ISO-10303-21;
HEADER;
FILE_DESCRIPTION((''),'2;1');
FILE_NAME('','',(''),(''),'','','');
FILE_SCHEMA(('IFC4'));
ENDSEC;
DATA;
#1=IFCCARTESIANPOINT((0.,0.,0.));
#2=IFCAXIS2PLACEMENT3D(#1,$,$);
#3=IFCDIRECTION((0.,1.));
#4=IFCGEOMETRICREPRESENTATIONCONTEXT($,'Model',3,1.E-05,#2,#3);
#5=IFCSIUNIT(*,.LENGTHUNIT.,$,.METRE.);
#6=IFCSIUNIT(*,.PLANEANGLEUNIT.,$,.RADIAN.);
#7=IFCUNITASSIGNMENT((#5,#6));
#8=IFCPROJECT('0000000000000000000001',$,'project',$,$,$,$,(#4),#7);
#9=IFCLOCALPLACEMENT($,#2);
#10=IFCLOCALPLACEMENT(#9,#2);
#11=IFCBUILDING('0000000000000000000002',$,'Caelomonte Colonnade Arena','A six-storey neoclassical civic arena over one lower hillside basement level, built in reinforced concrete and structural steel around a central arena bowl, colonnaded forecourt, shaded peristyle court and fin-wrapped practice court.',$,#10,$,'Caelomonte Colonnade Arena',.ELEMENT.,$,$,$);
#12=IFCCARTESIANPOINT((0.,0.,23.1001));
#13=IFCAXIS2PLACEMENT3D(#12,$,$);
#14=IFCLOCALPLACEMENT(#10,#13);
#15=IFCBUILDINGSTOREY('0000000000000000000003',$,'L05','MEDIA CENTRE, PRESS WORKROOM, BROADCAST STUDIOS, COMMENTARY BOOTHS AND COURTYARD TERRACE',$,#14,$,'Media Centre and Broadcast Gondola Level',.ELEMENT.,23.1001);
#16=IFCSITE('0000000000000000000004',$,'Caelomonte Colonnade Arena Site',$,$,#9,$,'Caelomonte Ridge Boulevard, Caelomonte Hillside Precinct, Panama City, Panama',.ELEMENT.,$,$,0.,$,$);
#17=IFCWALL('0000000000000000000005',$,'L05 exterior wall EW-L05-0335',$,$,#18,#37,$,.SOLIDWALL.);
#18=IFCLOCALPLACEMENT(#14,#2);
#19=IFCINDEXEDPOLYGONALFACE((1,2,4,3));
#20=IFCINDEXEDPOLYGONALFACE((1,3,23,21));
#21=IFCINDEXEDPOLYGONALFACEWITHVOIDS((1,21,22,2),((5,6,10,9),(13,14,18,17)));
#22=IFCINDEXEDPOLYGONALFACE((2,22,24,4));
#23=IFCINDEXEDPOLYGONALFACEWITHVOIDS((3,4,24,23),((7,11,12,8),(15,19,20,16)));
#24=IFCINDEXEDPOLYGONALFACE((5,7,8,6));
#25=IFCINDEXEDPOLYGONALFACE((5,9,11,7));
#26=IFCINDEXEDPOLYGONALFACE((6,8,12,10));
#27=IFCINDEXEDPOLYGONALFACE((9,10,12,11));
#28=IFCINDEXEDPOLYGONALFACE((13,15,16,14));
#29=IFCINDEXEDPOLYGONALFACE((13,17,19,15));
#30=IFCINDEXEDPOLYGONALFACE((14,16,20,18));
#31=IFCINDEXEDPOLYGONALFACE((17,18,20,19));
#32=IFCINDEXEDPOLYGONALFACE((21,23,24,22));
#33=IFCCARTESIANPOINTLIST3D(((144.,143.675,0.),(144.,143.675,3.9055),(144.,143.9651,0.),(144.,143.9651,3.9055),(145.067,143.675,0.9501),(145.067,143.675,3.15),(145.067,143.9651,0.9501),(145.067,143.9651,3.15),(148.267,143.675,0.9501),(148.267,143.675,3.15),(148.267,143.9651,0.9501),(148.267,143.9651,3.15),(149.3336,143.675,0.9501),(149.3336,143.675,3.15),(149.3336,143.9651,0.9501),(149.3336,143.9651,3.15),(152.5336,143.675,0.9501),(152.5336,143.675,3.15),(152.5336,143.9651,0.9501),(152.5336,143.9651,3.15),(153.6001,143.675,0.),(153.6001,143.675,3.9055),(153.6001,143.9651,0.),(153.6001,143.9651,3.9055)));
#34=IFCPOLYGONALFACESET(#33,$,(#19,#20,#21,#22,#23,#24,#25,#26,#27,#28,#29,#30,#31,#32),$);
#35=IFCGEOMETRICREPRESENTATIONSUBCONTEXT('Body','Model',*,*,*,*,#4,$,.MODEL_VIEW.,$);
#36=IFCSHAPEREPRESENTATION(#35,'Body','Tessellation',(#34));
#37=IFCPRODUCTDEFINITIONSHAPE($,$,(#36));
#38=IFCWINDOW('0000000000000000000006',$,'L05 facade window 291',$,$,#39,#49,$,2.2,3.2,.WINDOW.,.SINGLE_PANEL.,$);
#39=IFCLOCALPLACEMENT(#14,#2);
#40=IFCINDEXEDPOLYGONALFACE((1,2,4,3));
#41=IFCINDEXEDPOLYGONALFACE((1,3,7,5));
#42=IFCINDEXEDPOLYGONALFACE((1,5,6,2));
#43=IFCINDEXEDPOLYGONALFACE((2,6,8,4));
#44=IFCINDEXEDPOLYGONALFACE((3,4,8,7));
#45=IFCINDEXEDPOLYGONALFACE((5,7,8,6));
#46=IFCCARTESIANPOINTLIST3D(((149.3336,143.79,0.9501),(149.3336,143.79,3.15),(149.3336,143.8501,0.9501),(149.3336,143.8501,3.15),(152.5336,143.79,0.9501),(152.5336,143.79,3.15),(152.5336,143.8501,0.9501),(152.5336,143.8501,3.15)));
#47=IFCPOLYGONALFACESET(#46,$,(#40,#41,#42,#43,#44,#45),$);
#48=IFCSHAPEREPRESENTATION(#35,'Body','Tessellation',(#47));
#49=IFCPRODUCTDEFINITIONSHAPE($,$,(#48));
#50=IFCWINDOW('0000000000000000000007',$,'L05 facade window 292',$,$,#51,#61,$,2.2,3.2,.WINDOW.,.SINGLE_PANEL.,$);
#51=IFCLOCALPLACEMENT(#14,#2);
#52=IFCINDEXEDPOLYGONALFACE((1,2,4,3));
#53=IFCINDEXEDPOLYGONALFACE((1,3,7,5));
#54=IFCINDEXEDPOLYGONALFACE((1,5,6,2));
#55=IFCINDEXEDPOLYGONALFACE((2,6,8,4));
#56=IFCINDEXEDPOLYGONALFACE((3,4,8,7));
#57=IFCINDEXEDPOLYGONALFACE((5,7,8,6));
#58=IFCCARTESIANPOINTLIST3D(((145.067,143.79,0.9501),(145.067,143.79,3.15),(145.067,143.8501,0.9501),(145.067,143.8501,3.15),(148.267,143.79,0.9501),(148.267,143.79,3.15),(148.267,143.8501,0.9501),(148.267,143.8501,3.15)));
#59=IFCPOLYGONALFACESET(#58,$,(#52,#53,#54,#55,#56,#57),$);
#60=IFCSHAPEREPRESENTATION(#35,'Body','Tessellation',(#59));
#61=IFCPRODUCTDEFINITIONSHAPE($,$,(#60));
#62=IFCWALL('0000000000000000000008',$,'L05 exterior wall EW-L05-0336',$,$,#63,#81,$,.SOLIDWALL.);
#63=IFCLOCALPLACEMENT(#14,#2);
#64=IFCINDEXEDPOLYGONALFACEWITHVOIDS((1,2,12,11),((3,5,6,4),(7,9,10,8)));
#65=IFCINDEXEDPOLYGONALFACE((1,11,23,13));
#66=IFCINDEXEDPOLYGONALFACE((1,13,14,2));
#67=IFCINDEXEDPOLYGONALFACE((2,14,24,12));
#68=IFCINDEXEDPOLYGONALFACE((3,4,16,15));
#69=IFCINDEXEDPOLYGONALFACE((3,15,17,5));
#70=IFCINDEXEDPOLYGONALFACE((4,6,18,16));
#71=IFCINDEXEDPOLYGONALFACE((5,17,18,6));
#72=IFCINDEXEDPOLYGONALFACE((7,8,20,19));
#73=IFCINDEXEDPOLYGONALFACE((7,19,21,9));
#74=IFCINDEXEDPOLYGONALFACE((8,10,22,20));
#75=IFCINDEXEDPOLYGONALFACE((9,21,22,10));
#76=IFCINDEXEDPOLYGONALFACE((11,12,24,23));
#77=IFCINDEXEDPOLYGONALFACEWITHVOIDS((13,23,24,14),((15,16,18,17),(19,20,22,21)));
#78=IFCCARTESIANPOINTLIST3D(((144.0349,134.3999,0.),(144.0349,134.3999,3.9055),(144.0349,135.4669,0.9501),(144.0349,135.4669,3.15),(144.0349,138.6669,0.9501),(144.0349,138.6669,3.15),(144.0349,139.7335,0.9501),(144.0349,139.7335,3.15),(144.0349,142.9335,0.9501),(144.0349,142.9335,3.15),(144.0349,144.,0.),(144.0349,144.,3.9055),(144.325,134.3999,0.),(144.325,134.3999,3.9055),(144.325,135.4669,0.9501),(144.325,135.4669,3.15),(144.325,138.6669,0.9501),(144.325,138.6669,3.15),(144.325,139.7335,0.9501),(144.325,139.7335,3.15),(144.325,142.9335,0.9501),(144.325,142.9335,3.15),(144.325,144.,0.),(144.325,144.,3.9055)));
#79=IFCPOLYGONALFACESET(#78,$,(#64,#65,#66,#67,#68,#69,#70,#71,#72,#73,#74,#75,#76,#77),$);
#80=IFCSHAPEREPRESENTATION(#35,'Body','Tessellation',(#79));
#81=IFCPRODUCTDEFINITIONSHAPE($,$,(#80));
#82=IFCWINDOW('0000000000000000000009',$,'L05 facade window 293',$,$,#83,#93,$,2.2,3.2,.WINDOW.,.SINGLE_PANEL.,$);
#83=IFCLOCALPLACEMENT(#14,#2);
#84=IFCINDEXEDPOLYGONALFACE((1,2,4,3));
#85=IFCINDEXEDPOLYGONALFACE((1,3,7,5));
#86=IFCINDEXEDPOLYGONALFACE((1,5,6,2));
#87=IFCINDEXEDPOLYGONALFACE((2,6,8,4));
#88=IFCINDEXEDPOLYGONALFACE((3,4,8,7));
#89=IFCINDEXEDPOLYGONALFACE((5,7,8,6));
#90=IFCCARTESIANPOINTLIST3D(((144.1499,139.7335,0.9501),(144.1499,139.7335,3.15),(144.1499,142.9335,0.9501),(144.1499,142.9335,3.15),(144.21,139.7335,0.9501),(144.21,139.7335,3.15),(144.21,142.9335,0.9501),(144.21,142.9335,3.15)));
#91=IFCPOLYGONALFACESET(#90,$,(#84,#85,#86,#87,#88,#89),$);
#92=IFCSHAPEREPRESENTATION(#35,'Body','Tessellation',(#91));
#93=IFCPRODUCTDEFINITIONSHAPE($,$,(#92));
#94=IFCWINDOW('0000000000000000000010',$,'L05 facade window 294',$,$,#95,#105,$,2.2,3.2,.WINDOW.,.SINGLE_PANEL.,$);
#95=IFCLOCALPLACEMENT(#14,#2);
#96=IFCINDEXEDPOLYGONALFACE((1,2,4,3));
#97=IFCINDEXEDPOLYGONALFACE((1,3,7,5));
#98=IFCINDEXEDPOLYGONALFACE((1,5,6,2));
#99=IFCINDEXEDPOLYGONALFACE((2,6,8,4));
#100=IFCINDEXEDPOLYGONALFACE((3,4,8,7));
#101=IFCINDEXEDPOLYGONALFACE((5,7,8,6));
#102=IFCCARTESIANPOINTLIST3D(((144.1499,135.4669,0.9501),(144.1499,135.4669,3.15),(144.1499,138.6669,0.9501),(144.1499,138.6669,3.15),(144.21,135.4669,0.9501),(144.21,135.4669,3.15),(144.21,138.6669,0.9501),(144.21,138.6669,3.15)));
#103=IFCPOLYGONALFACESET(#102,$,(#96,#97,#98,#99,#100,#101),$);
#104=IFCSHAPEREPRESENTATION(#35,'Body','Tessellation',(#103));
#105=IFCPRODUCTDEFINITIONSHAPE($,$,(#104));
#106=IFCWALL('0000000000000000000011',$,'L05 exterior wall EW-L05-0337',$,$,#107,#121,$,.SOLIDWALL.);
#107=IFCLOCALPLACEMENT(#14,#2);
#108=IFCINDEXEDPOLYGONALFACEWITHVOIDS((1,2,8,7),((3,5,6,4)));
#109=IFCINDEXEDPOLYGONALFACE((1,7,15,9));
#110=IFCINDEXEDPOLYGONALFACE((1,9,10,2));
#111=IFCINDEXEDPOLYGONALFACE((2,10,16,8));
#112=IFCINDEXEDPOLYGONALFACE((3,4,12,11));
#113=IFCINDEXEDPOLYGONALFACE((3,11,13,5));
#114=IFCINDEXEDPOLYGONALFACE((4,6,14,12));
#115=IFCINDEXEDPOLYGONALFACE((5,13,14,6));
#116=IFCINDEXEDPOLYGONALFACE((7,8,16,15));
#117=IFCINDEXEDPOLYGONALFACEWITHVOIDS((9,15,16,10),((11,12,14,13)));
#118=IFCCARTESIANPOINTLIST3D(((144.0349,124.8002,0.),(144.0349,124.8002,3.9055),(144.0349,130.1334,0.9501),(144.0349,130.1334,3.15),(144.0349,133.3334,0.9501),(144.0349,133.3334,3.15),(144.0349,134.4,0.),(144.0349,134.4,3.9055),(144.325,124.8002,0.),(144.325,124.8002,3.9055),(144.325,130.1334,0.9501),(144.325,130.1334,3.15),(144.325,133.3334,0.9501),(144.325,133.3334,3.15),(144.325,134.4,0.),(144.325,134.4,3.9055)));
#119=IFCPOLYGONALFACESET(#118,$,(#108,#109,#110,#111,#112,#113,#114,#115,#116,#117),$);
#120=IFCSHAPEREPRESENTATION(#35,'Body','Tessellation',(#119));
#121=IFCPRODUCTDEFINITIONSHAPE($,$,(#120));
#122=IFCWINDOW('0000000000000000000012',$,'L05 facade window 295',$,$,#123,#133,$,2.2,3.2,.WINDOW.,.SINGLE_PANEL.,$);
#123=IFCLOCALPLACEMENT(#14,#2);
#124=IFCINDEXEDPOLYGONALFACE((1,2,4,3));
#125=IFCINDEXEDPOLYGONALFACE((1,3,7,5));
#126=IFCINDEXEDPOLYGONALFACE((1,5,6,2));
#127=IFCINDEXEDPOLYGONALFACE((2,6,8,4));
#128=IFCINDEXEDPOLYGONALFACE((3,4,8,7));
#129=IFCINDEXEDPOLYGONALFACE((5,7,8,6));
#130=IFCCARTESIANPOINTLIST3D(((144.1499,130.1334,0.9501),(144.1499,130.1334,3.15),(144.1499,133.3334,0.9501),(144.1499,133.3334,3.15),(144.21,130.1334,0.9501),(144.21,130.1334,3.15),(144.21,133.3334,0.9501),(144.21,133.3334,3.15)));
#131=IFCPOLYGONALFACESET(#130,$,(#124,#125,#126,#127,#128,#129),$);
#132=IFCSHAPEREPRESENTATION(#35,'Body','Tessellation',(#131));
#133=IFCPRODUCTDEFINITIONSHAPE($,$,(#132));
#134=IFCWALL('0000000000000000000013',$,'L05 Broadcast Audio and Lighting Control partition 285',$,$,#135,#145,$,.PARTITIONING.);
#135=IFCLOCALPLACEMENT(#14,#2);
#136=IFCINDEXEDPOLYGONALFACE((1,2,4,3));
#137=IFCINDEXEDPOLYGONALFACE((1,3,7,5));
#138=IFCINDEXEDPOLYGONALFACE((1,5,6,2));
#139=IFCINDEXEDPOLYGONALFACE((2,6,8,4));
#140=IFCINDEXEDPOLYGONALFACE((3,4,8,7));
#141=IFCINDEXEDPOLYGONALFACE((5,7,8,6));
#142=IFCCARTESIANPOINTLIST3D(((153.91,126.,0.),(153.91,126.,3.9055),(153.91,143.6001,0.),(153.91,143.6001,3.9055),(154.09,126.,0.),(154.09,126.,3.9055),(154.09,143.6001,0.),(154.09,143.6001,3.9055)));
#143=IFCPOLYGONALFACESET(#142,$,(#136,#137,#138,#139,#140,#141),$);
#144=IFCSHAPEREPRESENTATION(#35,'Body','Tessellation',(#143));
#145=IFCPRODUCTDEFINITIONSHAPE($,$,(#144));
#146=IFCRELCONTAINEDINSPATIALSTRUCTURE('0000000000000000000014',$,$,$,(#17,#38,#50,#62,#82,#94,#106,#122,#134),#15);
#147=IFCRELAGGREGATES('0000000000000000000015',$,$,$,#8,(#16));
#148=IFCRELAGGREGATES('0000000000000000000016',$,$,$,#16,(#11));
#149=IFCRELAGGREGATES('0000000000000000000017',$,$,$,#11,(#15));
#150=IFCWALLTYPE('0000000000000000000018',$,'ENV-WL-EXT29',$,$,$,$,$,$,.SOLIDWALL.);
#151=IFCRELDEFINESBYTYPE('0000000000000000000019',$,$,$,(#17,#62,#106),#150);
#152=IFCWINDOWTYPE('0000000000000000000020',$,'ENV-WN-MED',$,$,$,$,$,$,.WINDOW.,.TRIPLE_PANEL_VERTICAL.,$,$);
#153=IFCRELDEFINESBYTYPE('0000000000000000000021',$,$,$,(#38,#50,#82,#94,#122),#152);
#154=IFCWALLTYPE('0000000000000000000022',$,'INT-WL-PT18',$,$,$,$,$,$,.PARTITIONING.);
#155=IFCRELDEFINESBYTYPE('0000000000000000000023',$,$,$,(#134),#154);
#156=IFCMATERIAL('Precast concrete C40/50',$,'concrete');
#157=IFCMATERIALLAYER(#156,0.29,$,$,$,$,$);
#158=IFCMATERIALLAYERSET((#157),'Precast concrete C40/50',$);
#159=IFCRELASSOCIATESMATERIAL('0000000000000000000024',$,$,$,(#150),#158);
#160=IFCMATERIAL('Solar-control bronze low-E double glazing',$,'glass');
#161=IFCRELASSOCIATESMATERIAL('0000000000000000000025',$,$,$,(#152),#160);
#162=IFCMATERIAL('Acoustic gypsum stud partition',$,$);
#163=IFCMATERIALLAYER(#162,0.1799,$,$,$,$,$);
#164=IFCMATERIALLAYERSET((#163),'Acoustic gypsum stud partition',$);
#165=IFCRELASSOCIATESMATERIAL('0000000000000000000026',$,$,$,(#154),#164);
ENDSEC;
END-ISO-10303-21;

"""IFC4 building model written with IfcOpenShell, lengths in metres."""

from ifc_helpers import new_model, si_unit, direction, frame, frame_2d, origin, place, context, subcontext, project, spatial, rectangle, extrude, material, layer, layer_set, type_object, element, fill, save


model = new_model("IFC4")

# Units and contexts
model_context = context("Model", 3, precision=1e-05, world=origin(), true_north=direction((0.0, 1.0)))
body_context = subcontext(model_context, "Body", "Model", "MODEL_VIEW")
ifc_project = project(units=[si_unit("LENGTHUNIT", "METRE"), si_unit("PLANEANGLEUNIT", "RADIAN")], contexts=[model_context])

# Site, building, storey
site_placement = place(None, origin())
site = spatial("IfcSite", under=ifc_project, at=site_placement, Name="Caelomonte Colonnade Arena Site", LongName="Caelomonte Ridge Boulevard, Caelomonte Hillside Precinct, Panama City, Panama", CompositionType="ELEMENT", RefElevation=0.0)
building_placement = place(site_placement, origin())
building = spatial("IfcBuilding", under=site, at=building_placement, Name="Caelomonte Colonnade Arena", Description="A six-storey neoclassical civic arena over one lower hillside basement level, built in reinforced concrete and structural steel around a central arena bowl, colonnaded forecourt, shaded peristyle court and fin-wrapped practice court.", LongName="Caelomonte Colonnade Arena", CompositionType="ELEMENT")
storey_placement = place(building_placement, frame((0.0, 0.0, 23.1001)))
storey = spatial("IfcBuildingStorey", under=building, at=storey_placement, Name="L05", Description="MEDIA CENTRE, PRESS WORKROOM, BROADCAST STUDIOS, COMMENTARY BOOTHS AND COURTYARD TERRACE", LongName="Media Centre and Broadcast Gondola Level", CompositionType="ELEMENT", Elevation=23.1001)

# Walls, openings, windows
ifc_material_1 = material(Name="Precast concrete C40/50", Category="concrete")
ifc_layer_1 = layer(ifc_material_1, 0.29)
ifc_layer_set_1 = layer_set([ifc_layer_1], Name="Precast concrete C40/50")
wall_type_1 = type_object("IfcWallType", Name="ENV-WL-EXT29", PredefinedType="SOLIDWALL", material=ifc_layer_set_1)
wall_1_placement = place(storey_placement, frame((153.6001, 143.8201, 0.0), z_axis=(0.0, 0.0, 1.0), x_axis=(-1.0, 0.0, 0.0)))
wall_1 = element("IfcWall", 1, at=wall_1_placement, inside=storey, type_object=wall_type_1, Name="L05 exterior wall EW-L05-0335", PredefinedType="SOLIDWALL", context=body_context, shape_type="SweptSolid", body=[
    extrude(rectangle(XDim=9.6001, YDim=0.29, at=frame_2d((4.8, 0.0))), origin(), (0.0, 0.0, 1.0), 3.9055),
])
opening_1_placement = place(wall_1_placement, frame((4.2666, 0.0, 0.95), z_axis=(0.0, 0.0, 1.0), x_axis=(-1.0, 0.0, 0.0)))
opening_1 = element("IfcOpeningElement", 2, at=opening_1_placement, cuts=wall_1, PredefinedType="OPENING", context=body_context, shape_type="SweptSolid", body=[
    extrude(rectangle(XDim=3.2, YDim=2.2, at=frame_2d((1.6001, 1.1001))), frame((0.0, 0.155, 0.0), z_axis=(0.0, -1.0, 0.0), x_axis=(1.0, 0.0, 0.0)), (0.0, 0.0, 1.0), 0.3101),
])
opening_2_placement = place(wall_1_placement, frame((8.5332, 0.0, 0.95), z_axis=(0.0, 0.0, 1.0), x_axis=(-1.0, 0.0, 0.0)))
opening_2 = element("IfcOpeningElement", 3, at=opening_2_placement, cuts=wall_1, PredefinedType="OPENING", context=body_context, shape_type="SweptSolid", body=[
    extrude(rectangle(XDim=3.2, YDim=2.2, at=frame_2d((1.6001, 1.1001))), frame((0.0, 0.155, 0.0), z_axis=(0.0, -1.0, 0.0), x_axis=(1.0, 0.0, 0.0)), (0.0, 0.0, 1.0), 0.3101),
])
ifc_material_2 = material(Name="Solar-control bronze low-E double glazing", Category="glass")
window_type = type_object("IfcWindowType", Name="ENV-WN-MED", PartitioningType="TRIPLE_PANEL_VERTICAL", PredefinedType="WINDOW", material=ifc_material_2)
window_1_placement = place(opening_1_placement, origin())
window_1 = element("IfcWindow", 4, at=window_1_placement, inside=storey, type_object=window_type, Name="L05 facade window 291", OverallHeight=2.2, OverallWidth=3.2, PartitioningType="SINGLE_PANEL", PredefinedType="WINDOW", context=body_context, shape_type="SweptSolid", body=[
    extrude(rectangle(XDim=3.2, YDim=2.2, at=frame_2d((1.6001, 1.1001))), frame((0.0, 0.03, 0.0), z_axis=(0.0, -1.0, 0.0), x_axis=(1.0, 0.0, 0.0)), (0.0, 0.0, 1.0), 0.0601),
])
fill(opening_1, window_1)
window_2_placement = place(opening_2_placement, origin())
window_2 = element("IfcWindow", 5, at=window_2_placement, inside=storey, type_object=window_type, Name="L05 facade window 292", OverallHeight=2.2, OverallWidth=3.2, PartitioningType="SINGLE_PANEL", PredefinedType="WINDOW", context=body_context, shape_type="SweptSolid", body=[
    extrude(rectangle(XDim=3.2, YDim=2.2, at=frame_2d((1.6001, 1.1001))), frame((0.0, 0.03, 0.0), z_axis=(0.0, -1.0, 0.0), x_axis=(1.0, 0.0, 0.0)), (0.0, 0.0, 1.0), 0.0601),
])
fill(opening_2, window_2)
wall_2_placement = place(storey_placement, frame((144.1799, 144.0, 0.0), z_axis=(0.0, 0.0, 1.0), x_axis=(0.0, -1.0, 0.0)))
wall_2 = element("IfcWall", 6, at=wall_2_placement, inside=storey, type_object=wall_type_1, Name="L05 exterior wall EW-L05-0336", PredefinedType="SOLIDWALL", context=body_context, shape_type="SweptSolid", body=[
    extrude(rectangle(XDim=9.6001, YDim=0.29, at=frame_2d((4.8, 0.0))), origin(), (0.0, 0.0, 1.0), 3.9055),
])
opening_3_placement = place(wall_2_placement, frame((4.2666, 0.0, 0.95), z_axis=(0.0, 0.0, 1.0), x_axis=(-1.0, 0.0, 0.0)))
opening_3 = element("IfcOpeningElement", 7, at=opening_3_placement, cuts=wall_2, PredefinedType="OPENING", context=body_context, shape_type="SweptSolid", body=[
    extrude(rectangle(XDim=3.2, YDim=2.2, at=frame_2d((1.6001, 1.1001))), frame((0.0, 0.155, 0.0), z_axis=(0.0, -1.0, 0.0), x_axis=(1.0, 0.0, 0.0)), (0.0, 0.0, 1.0), 0.3101),
])
opening_4_placement = place(wall_2_placement, frame((8.5332, 0.0, 0.95), z_axis=(0.0, 0.0, 1.0), x_axis=(-1.0, 0.0, 0.0)))
opening_4 = element("IfcOpeningElement", 8, at=opening_4_placement, cuts=wall_2, PredefinedType="OPENING", context=body_context, shape_type="SweptSolid", body=[
    extrude(rectangle(XDim=3.2, YDim=2.2, at=frame_2d((1.6001, 1.1001))), frame((0.0, 0.155, 0.0), z_axis=(0.0, -1.0, 0.0), x_axis=(1.0, 0.0, 0.0)), (0.0, 0.0, 1.0), 0.3101),
])
window_3_placement = place(opening_3_placement, origin())
window_3 = element("IfcWindow", 9, at=window_3_placement, inside=storey, type_object=window_type, Name="L05 facade window 293", OverallHeight=2.2, OverallWidth=3.2, PartitioningType="SINGLE_PANEL", PredefinedType="WINDOW", context=body_context, shape_type="SweptSolid", body=[
    extrude(rectangle(XDim=3.2, YDim=2.2, at=frame_2d((1.6001, 1.1001))), frame((0.0, 0.03, 0.0), z_axis=(0.0, -1.0, 0.0), x_axis=(1.0, 0.0, 0.0)), (0.0, 0.0, 1.0), 0.0601),
])
fill(opening_3, window_3)
window_4_placement = place(opening_4_placement, origin())
window_4 = element("IfcWindow", 10, at=window_4_placement, inside=storey, type_object=window_type, Name="L05 facade window 294", OverallHeight=2.2, OverallWidth=3.2, PartitioningType="SINGLE_PANEL", PredefinedType="WINDOW", context=body_context, shape_type="SweptSolid", body=[
    extrude(rectangle(XDim=3.2, YDim=2.2, at=frame_2d((1.6001, 1.1001))), frame((0.0, 0.03, 0.0), z_axis=(0.0, -1.0, 0.0), x_axis=(1.0, 0.0, 0.0)), (0.0, 0.0, 1.0), 0.0601),
])
fill(opening_4, window_4)

# Wall, opening, window
wall_3_placement = place(storey_placement, frame((144.1799, 134.3999, 0.0), z_axis=(0.0, 0.0, 1.0), x_axis=(0.0, -1.0, 0.0)))
wall_3 = element("IfcWall", 11, at=wall_3_placement, inside=storey, type_object=wall_type_1, Name="L05 exterior wall EW-L05-0337", PredefinedType="SOLIDWALL", context=body_context, shape_type="SweptSolid", body=[
    extrude(rectangle(XDim=9.5999, YDim=0.29, at=frame_2d((4.7998, 0.0))), origin(), (0.0, 0.0, 1.0), 3.9055),
])
opening_5_placement = place(wall_3_placement, frame((4.2666, 0.0, 0.95), z_axis=(0.0, 0.0, 1.0), x_axis=(-1.0, 0.0, 0.0)))
opening_5 = element("IfcOpeningElement", 12, at=opening_5_placement, cuts=wall_3, PredefinedType="OPENING", context=body_context, shape_type="SweptSolid", body=[
    extrude(rectangle(XDim=3.2, YDim=2.2, at=frame_2d((1.6001, 1.1001))), frame((0.0, 0.155, 0.0), z_axis=(0.0, -1.0, 0.0), x_axis=(1.0, 0.0, 0.0)), (0.0, 0.0, 1.0), 0.3101),
])
window_5_placement = place(opening_5_placement, origin())
window_5 = element("IfcWindow", 13, at=window_5_placement, inside=storey, type_object=window_type, Name="L05 facade window 295", OverallHeight=2.2, OverallWidth=3.2, PartitioningType="SINGLE_PANEL", PredefinedType="WINDOW", context=body_context, shape_type="SweptSolid", body=[
    extrude(rectangle(XDim=3.2, YDim=2.2, at=frame_2d((1.6001, 1.1001))), frame((0.0, 0.03, 0.0), z_axis=(0.0, -1.0, 0.0), x_axis=(1.0, 0.0, 0.0)), (0.0, 0.0, 1.0), 0.0601),
])
fill(opening_5, window_5)

# Wall
ifc_material_3 = material(Name="Acoustic gypsum stud partition")
ifc_layer_2 = layer(ifc_material_3, 0.1799)
ifc_layer_set_2 = layer_set([ifc_layer_2], Name="Acoustic gypsum stud partition")
wall_type_2 = type_object("IfcWallType", Name="INT-WL-PT18", PredefinedType="PARTITIONING", material=ifc_layer_set_2)
wall_4_placement = place(storey_placement, frame((154.0, 143.6001, 0.0), z_axis=(0.0, 0.0, 1.0), x_axis=(0.0, -1.0, 0.0)))
element("IfcWall", 14, at=wall_4_placement, inside=storey, type_object=wall_type_2, Name="L05 Broadcast Audio and Lighting Control partition 285", PredefinedType="PARTITIONING", context=body_context, shape_type="SweptSolid", body=[
    extrude(rectangle(XDim=17.6001, YDim=0.1799, at=frame_2d((8.8, 0.0))), origin(), (0.0, 0.0, 1.0), 3.9055),
])

save(model, "model.ifc")
